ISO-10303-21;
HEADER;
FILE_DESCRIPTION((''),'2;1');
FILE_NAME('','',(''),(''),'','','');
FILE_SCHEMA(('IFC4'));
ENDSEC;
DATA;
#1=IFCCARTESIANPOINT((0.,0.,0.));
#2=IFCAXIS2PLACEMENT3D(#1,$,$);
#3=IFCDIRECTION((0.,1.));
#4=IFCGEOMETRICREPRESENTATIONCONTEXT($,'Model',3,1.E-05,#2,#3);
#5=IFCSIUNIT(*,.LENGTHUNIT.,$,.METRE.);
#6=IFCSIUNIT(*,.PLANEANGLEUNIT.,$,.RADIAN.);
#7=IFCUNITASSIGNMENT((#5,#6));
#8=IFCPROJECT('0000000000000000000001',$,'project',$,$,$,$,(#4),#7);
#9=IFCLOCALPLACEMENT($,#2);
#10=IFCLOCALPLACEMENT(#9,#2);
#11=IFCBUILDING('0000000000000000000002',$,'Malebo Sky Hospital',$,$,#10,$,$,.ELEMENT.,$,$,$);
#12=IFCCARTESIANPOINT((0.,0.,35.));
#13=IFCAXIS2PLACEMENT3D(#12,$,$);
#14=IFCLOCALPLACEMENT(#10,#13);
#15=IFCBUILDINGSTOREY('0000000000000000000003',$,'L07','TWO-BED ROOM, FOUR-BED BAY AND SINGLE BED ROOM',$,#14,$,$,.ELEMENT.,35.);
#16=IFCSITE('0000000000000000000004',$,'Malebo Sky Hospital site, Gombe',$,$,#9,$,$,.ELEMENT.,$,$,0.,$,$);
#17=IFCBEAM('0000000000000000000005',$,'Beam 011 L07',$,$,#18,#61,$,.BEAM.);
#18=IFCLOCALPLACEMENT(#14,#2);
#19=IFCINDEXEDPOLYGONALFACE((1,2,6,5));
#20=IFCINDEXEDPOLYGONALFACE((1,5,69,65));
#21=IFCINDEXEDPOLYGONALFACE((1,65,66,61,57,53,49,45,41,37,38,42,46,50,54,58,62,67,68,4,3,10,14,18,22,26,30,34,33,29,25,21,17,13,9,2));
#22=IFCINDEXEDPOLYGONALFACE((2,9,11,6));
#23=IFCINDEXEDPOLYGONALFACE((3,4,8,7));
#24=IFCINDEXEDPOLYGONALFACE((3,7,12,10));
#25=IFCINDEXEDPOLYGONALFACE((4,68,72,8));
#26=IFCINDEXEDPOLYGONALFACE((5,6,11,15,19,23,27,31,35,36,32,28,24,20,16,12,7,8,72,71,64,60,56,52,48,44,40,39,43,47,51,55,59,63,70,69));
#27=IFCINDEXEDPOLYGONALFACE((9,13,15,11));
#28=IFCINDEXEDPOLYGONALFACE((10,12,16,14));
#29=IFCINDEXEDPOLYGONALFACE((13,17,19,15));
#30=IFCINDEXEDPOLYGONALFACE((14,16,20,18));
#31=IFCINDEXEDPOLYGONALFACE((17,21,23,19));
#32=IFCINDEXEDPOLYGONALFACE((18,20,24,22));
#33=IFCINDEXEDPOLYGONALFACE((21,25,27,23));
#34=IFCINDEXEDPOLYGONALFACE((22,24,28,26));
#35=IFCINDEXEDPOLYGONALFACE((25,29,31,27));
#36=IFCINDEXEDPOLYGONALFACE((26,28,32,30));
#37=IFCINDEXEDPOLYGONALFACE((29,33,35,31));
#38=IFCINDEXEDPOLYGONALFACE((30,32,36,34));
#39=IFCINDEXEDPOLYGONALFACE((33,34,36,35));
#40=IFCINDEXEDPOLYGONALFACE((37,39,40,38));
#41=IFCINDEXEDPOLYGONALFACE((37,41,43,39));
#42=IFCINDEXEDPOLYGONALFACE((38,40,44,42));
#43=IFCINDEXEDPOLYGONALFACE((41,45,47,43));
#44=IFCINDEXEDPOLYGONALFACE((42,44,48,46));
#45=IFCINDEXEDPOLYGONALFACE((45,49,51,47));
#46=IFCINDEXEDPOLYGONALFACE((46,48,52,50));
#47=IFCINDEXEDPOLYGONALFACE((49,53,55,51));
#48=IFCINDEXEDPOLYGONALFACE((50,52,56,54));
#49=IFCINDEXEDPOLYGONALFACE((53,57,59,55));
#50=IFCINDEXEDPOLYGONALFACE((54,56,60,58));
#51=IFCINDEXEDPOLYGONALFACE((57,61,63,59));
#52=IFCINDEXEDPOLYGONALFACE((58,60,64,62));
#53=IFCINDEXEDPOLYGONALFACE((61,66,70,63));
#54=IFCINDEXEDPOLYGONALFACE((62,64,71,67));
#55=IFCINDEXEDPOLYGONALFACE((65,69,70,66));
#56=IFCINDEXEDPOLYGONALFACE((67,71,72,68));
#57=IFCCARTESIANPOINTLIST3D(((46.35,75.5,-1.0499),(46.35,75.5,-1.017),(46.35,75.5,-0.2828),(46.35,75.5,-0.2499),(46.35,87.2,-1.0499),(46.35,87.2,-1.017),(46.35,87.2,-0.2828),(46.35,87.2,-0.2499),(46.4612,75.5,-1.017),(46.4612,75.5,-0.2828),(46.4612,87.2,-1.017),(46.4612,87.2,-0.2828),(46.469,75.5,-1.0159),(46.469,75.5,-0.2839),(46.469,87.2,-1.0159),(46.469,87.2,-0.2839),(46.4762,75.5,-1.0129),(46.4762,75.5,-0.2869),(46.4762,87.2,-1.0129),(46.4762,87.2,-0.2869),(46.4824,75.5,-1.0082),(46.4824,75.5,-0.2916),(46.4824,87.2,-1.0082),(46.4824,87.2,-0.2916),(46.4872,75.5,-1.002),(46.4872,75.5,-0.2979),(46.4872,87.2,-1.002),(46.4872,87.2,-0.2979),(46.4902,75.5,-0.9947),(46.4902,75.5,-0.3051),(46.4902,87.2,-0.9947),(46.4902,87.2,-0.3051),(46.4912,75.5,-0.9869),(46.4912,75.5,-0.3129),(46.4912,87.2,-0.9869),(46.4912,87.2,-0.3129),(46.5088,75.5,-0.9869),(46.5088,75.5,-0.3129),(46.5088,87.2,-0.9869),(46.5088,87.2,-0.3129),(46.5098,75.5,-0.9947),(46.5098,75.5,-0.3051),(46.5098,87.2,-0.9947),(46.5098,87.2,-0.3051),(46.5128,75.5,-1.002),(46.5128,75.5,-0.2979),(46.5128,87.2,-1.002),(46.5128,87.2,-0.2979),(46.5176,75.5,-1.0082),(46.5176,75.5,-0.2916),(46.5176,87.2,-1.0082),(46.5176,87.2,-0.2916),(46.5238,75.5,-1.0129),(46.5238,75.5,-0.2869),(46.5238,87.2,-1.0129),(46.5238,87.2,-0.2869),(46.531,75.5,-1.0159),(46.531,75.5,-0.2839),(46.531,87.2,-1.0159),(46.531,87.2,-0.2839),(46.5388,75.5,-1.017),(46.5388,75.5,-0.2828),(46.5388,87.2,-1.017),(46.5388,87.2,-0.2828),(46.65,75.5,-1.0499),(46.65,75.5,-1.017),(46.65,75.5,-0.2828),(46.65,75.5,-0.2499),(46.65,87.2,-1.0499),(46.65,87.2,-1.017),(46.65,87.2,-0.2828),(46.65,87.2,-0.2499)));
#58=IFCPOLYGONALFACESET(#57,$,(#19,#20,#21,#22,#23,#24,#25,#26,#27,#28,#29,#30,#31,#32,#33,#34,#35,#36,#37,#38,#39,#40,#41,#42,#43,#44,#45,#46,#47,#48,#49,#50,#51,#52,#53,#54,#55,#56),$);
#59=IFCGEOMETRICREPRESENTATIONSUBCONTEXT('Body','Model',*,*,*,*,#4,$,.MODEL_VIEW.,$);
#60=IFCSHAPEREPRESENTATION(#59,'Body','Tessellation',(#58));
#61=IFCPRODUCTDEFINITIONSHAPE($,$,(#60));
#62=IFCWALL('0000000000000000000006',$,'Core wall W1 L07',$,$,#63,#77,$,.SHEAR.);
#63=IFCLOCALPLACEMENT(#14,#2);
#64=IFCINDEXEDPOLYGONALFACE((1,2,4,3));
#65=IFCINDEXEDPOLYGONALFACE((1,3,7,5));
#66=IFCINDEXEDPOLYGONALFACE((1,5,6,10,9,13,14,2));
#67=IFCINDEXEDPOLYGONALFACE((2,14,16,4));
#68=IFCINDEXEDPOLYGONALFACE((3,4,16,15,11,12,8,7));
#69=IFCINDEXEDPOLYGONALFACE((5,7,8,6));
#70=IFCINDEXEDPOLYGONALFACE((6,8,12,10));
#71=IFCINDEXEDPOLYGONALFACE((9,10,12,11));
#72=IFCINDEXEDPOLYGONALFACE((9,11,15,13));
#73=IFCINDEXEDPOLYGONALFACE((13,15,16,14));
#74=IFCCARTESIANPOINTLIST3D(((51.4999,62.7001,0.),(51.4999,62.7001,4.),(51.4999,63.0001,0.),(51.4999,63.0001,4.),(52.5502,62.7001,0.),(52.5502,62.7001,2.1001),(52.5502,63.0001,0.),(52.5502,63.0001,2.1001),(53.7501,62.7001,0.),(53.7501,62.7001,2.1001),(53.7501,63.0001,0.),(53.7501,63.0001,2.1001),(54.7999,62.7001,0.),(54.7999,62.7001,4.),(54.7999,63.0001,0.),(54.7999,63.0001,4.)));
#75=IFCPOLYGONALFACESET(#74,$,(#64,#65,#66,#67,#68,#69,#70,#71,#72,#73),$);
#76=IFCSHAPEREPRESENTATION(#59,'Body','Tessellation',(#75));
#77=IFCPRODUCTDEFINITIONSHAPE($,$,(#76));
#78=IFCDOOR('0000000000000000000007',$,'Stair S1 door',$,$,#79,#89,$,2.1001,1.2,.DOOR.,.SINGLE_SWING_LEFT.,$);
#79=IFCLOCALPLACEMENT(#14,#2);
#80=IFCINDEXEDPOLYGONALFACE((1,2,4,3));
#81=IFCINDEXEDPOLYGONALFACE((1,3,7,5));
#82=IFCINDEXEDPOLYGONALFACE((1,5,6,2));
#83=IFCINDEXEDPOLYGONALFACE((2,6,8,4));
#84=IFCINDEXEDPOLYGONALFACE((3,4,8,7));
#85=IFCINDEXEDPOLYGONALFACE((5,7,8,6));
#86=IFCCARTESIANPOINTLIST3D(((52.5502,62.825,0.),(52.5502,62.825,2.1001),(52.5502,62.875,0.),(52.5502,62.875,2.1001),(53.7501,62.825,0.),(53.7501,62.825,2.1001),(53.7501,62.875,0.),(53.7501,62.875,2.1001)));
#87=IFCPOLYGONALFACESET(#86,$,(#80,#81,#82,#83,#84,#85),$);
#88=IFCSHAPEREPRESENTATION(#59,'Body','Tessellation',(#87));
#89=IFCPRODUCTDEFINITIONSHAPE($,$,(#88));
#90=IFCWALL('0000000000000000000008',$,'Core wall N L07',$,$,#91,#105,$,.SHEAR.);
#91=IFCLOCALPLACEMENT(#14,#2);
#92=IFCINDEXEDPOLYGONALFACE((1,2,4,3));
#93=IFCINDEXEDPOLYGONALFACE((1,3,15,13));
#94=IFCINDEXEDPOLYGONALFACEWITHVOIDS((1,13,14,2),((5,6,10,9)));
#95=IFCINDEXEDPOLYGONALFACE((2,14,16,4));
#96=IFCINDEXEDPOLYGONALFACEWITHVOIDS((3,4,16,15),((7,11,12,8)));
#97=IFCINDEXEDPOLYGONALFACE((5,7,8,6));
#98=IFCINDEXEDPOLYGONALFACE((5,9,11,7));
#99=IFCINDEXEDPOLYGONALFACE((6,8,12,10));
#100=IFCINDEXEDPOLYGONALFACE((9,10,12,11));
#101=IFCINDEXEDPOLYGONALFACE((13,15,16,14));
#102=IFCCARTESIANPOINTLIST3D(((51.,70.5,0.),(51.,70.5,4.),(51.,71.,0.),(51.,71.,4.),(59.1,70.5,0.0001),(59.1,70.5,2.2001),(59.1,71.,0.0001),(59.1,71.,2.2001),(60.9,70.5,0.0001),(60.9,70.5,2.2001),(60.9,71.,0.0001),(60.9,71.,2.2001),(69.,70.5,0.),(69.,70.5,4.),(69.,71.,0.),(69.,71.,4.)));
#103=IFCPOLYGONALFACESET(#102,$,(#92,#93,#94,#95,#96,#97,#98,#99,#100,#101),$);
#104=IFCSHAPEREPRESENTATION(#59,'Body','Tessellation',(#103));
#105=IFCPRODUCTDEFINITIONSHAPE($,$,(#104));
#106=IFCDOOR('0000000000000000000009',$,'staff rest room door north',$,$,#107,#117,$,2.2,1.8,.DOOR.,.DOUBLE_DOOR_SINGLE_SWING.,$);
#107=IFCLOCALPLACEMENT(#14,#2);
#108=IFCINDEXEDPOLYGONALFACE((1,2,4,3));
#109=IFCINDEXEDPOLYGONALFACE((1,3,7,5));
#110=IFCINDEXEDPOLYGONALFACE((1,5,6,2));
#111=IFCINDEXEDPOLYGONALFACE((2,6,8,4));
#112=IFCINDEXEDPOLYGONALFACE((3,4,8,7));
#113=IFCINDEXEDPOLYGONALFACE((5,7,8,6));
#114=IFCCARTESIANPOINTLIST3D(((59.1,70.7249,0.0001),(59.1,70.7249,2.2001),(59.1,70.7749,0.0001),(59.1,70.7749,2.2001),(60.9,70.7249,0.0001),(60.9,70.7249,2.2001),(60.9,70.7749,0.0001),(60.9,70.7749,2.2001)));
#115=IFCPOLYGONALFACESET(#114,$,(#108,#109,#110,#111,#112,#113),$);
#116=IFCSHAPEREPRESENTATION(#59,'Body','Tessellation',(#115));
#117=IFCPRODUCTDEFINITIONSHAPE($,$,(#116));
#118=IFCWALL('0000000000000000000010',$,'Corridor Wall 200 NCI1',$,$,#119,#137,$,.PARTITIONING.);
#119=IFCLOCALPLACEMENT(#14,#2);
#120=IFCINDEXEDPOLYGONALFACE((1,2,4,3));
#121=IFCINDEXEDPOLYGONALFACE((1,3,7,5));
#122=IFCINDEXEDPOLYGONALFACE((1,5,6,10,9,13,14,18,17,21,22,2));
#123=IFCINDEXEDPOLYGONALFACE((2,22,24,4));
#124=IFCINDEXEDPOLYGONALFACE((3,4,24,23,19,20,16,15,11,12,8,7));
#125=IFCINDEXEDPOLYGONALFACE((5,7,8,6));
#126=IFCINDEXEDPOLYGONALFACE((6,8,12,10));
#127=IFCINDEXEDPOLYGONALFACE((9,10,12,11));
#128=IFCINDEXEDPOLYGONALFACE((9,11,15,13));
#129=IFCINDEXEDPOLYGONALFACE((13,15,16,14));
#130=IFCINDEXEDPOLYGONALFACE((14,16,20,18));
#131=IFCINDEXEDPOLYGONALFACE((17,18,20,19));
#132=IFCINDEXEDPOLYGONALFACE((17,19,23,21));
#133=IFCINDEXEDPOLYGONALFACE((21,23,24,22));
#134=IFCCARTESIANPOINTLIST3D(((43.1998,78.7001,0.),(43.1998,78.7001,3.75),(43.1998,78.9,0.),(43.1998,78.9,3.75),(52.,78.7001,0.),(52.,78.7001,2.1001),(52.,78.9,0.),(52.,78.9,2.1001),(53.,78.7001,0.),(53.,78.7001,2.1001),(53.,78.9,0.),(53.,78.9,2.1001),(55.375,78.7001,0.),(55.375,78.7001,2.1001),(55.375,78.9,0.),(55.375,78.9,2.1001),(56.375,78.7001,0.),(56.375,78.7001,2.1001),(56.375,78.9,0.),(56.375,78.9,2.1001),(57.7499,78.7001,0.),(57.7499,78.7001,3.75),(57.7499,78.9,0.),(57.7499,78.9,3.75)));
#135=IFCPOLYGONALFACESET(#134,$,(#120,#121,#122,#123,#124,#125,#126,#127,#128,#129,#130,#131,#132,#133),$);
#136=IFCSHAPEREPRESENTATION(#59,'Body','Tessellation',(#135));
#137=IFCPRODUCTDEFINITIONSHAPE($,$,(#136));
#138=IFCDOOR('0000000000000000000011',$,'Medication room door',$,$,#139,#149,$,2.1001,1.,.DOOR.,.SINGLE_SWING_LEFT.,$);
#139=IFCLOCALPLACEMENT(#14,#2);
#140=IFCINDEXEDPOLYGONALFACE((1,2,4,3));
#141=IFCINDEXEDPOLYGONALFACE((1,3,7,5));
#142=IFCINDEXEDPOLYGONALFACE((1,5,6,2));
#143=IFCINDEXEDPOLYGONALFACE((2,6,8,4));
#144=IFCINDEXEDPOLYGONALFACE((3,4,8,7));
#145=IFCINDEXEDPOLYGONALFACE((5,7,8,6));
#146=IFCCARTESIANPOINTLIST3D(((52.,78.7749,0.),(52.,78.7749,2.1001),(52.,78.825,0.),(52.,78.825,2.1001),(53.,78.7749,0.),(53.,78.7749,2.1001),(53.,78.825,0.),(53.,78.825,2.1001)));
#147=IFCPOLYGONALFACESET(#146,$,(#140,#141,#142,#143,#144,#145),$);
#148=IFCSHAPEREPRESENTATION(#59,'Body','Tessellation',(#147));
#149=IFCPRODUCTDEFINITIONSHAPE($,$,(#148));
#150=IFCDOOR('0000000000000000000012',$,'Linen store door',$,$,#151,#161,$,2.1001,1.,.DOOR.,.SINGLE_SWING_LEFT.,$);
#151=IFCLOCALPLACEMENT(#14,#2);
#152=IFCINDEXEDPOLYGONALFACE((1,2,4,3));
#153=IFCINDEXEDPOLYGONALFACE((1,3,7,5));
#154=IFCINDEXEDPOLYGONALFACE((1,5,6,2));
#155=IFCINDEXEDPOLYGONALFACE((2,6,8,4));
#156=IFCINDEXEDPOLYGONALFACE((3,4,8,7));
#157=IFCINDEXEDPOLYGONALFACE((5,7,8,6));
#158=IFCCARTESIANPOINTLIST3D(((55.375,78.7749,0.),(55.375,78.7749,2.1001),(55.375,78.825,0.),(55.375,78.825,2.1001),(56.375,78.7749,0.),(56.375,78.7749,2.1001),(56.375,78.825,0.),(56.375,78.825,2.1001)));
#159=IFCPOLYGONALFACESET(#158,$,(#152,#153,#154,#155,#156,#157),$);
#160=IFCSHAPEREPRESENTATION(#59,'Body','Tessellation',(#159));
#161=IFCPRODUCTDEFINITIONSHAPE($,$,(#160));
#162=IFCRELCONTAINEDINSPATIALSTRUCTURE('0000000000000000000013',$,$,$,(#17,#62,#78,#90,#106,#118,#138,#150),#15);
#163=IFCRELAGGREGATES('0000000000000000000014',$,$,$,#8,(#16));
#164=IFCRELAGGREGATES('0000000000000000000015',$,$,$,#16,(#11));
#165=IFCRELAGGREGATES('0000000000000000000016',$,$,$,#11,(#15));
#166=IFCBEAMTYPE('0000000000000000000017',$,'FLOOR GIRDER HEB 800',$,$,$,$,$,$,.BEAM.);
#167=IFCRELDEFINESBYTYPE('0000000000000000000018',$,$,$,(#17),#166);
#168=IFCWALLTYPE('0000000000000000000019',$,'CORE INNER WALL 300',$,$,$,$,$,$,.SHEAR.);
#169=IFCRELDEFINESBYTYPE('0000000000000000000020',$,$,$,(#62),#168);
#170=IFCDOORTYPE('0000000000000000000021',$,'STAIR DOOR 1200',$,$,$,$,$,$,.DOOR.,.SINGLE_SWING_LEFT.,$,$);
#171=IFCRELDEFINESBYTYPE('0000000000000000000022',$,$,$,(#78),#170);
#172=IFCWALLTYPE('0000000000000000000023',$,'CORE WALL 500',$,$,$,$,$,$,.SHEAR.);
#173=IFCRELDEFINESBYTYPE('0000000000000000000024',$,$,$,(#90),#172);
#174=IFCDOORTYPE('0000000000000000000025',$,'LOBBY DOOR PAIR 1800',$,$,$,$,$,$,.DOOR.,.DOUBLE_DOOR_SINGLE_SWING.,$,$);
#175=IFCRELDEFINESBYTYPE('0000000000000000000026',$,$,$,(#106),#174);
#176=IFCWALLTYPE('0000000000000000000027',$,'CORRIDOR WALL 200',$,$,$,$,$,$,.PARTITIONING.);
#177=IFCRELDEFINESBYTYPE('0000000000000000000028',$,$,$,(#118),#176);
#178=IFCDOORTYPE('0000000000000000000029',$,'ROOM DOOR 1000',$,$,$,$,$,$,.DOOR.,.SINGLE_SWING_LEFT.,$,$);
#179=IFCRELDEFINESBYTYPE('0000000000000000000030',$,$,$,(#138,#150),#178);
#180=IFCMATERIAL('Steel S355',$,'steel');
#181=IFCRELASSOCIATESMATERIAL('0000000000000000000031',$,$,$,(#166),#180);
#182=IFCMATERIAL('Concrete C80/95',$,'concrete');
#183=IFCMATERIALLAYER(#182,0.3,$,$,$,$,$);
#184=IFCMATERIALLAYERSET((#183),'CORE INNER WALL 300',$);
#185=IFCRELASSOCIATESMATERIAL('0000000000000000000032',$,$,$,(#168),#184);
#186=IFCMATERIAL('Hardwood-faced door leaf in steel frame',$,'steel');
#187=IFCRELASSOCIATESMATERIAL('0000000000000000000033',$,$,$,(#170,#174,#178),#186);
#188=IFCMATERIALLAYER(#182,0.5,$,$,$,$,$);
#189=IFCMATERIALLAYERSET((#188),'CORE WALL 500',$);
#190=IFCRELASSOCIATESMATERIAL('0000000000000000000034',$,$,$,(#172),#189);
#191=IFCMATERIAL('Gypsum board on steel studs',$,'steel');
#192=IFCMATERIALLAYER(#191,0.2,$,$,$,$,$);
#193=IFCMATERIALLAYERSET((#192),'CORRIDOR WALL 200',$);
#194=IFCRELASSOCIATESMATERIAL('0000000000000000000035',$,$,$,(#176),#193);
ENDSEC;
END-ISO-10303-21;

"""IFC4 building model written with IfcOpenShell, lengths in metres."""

from ifc_helpers import new_model, si_unit, direction, frame, frame_2d, origin, origin_2d, place, context, subcontext, project, spatial, rectangle, i_section, extrude, material, layer, layer_set, material_profile, profile_set, type_object, element, fill, save


model = new_model("IFC4")

# Units and contexts
model_context = context("Model", 3, precision=1e-05, world=origin(), true_north=direction((0.0, 1.0)))
body_context = subcontext(model_context, "Body", "Model", "MODEL_VIEW")
ifc_project = project(units=[si_unit("LENGTHUNIT", "METRE"), si_unit("PLANEANGLEUNIT", "RADIAN")], contexts=[model_context])

# Site, building, storey
site_placement = place(None, origin())
site = spatial("IfcSite", under=ifc_project, at=site_placement, Name="Malebo Sky Hospital site, Gombe", CompositionType="ELEMENT", RefElevation=0.0)
building_placement = place(site_placement, origin())
building = spatial("IfcBuilding", under=site, at=building_placement, Name="Malebo Sky Hospital", CompositionType="ELEMENT")
storey_placement = place(building_placement, frame((0.0, 0.0, 35.0)))
storey = spatial("IfcBuildingStorey", under=building, at=storey_placement, Name="L07", Description="TWO-BED ROOM, FOUR-BED BAY AND SINGLE BED ROOM", CompositionType="ELEMENT", Elevation=35.0)

# Beam
ifc_material_1 = material(Name="Steel S355", Category="steel")
ifc_material_profile_1 = material_profile(ifc_material_1, i_section(OverallWidth=0.3, OverallDepth=0.8, WebThickness=0.0176, FlangeThickness=0.033, FilletRadius=0.03, at=origin_2d()), Name="HEB 800")
ifc_profile_set_1 = profile_set([ifc_material_profile_1], Name="Steel S355")
beam_type_1 = type_object("IfcBeamType", Name="FLOOR GIRDER HEB 800", PredefinedType="BEAM", material=ifc_profile_set_1)
beam_1_placement = place(storey_placement, frame((46.5, 75.5, -0.6499), z_axis=(0.0, 1.0, 0.0), x_axis=(-1.0, 0.0, 0.0)))
element("IfcBeam", 1, at=beam_1_placement, inside=storey, type_object=beam_type_1, Name="Beam 011 L07", PredefinedType="BEAM", context=body_context, shape_type="SweptSolid", body=[
    extrude(i_section(OverallWidth=0.3, OverallDepth=0.8, WebThickness=0.0176, FlangeThickness=0.033, FilletRadius=0.03, at=origin_2d()), origin(), (0.0, 0.0, 1.0), 11.7),
])

# Walls, openings, doors
ifc_material_2 = material(Name="Concrete C80/95", Category="concrete")
ifc_layer_1 = layer(ifc_material_2, 0.3)
ifc_layer_set_1 = layer_set([ifc_layer_1], Name="CORE INNER WALL 300")
wall_type_1 = type_object("IfcWallType", Name="CORE INNER WALL 300", PredefinedType="SHEAR", material=ifc_layer_set_1)
wall_1_placement = place(storey_placement, frame((51.5, 62.8501, 0.0), z_axis=(0.0, 0.0, 1.0), x_axis=(1.0, 0.0, 0.0)))
wall_1 = element("IfcWall", 2, at=wall_1_placement, inside=storey, type_object=wall_type_1, Name="Core wall W1 L07", PredefinedType="SHEAR", context=body_context, shape_type="SweptSolid", body=[
    extrude(rectangle(XDim=3.3, YDim=0.3, at=frame_2d((1.6499, 0.0))), origin(), (0.0, 0.0, 1.0), 4.0),
])
opening_1_placement = place(wall_1_placement, frame((1.05, 0.0, 0.0)))
opening_1 = element("IfcOpeningElement", 3, at=opening_1_placement, cuts=wall_1, PredefinedType="OPENING", context=body_context, shape_type="SweptSolid", body=[
    extrude(rectangle(XDim=1.2, YDim=2.1001, at=frame_2d((0.6001, 1.05))), frame((0.0, 0.1599, 0.0), z_axis=(0.0, -1.0, 0.0), x_axis=(1.0, 0.0, 0.0)), (0.0, 0.0, 1.0), 0.3201),
])
ifc_material_3 = material(Name="Hardwood-faced door leaf in steel frame", Category="steel")
door_type_1 = type_object("IfcDoorType", Name="STAIR DOOR 1200", OperationType="SINGLE_SWING_LEFT", PredefinedType="DOOR", material=ifc_material_3)
door_1_placement = place(opening_1_placement, origin())
door_1 = element("IfcDoor", 4, at=door_1_placement, inside=storey, type_object=door_type_1, Name="Stair S1 door", OperationType="SINGLE_SWING_LEFT", OverallHeight=2.1001, OverallWidth=1.2, PredefinedType="DOOR", context=body_context, shape_type="SweptSolid", body=[
    extrude(rectangle(XDim=1.2, YDim=2.1001, at=frame_2d((0.6001, 1.05))), frame((0.0, 0.0249, 0.0), z_axis=(0.0, -1.0, 0.0), x_axis=(1.0, 0.0, 0.0)), (0.0, 0.0, 1.0), 0.05),
])
fill(opening_1, door_1)
ifc_layer_2 = layer(ifc_material_2, 0.5)
ifc_layer_set_2 = layer_set([ifc_layer_2], Name="CORE WALL 500")
wall_type_2 = type_object("IfcWallType", Name="CORE WALL 500", PredefinedType="SHEAR", material=ifc_layer_set_2)
wall_2_placement = place(storey_placement, frame((51.0, 70.75, 0.0), z_axis=(0.0, 0.0, 1.0), x_axis=(1.0, 0.0, 0.0)))
wall_2 = element("IfcWall", 5, at=wall_2_placement, inside=storey, type_object=wall_type_2, Name="Core wall N L07", PredefinedType="SHEAR", context=body_context, shape_type="SweptSolid", body=[
    extrude(rectangle(XDim=18.0, YDim=0.5, at=frame_2d((9.0, 0.0))), origin(), (0.0, 0.0, 1.0), 4.0),
])
opening_2_placement = place(wall_2_placement, frame((8.1001, 0.0, 0.0)))
opening_2 = element("IfcOpeningElement", 6, at=opening_2_placement, cuts=wall_2, PredefinedType="OPENING", context=body_context, shape_type="SweptSolid", body=[
    extrude(rectangle(XDim=1.8, YDim=2.2, at=frame_2d((0.8999, 1.1001))), frame((0.0, 0.26, 0.0), z_axis=(0.0, -1.0, 0.0), x_axis=(1.0, 0.0, 0.0)), (0.0, 0.0, 1.0), 0.52),
])
door_type_2 = type_object("IfcDoorType", Name="LOBBY DOOR PAIR 1800", OperationType="DOUBLE_DOOR_SINGLE_SWING", PredefinedType="DOOR", material=ifc_material_3)
door_2_placement = place(opening_2_placement, origin())
door_2 = element("IfcDoor", 7, at=door_2_placement, inside=storey, type_object=door_type_2, Name="staff rest room door north", OperationType="DOUBLE_DOOR_SINGLE_SWING", OverallHeight=2.2, OverallWidth=1.8, PredefinedType="DOOR", context=body_context, shape_type="SweptSolid", body=[
    extrude(rectangle(XDim=1.8, YDim=2.2, at=frame_2d((0.8999, 1.1001))), frame((0.0, 0.0249, 0.0), z_axis=(0.0, -1.0, 0.0), x_axis=(1.0, 0.0, 0.0)), (0.0, 0.0, 1.0), 0.05),
])
fill(opening_2, door_2)

# Wall, openings, doors
ifc_material_4 = material(Name="Gypsum board on steel studs", Category="steel")
ifc_layer_3 = layer(ifc_material_4, 0.2)
ifc_layer_set_3 = layer_set([ifc_layer_3], Name="CORRIDOR WALL 200")
wall_type_3 = type_object("IfcWallType", Name="CORRIDOR WALL 200", PredefinedType="PARTITIONING", material=ifc_layer_set_3)
wall_3_placement = place(storey_placement, frame((43.2, 78.8, 0.0), z_axis=(0.0, 0.0, 1.0), x_axis=(1.0, 0.0, 0.0)))
wall_3 = element("IfcWall", 8, at=wall_3_placement, inside=storey, type_object=wall_type_3, Name="Corridor Wall 200 NCI1", PredefinedType="PARTITIONING", context=body_context, shape_type="SweptSolid", body=[
    extrude(rectangle(XDim=14.55, YDim=0.2, at=frame_2d((7.2749, 0.0))), origin(), (0.0, 0.0, 1.0), 3.75),
])
opening_3_placement = place(wall_3_placement, frame((8.8, 0.0, 0.0)))
opening_3 = element("IfcOpeningElement", 9, at=opening_3_placement, cuts=wall_3, PredefinedType="OPENING", context=body_context, shape_type="SweptSolid", body=[
    extrude(rectangle(XDim=1.0, YDim=2.1001, at=frame_2d((0.5, 1.05))), frame((0.0, 0.1099, 0.0), z_axis=(0.0, -1.0, 0.0), x_axis=(1.0, 0.0, 0.0)), (0.0, 0.0, 1.0), 0.22),
])
opening_4_placement = place(wall_3_placement, frame((12.175, 0.0, 0.0)))
opening_4 = element("IfcOpeningElement", 10, at=opening_4_placement, cuts=wall_3, PredefinedType="OPENING", context=body_context, shape_type="SweptSolid", body=[
    extrude(rectangle(XDim=1.0, YDim=2.1001, at=frame_2d((0.5, 1.05))), frame((0.0, 0.1099, 0.0), z_axis=(0.0, -1.0, 0.0), x_axis=(1.0, 0.0, 0.0)), (0.0, 0.0, 1.0), 0.22),
])
door_type_3 = type_object("IfcDoorType", Name="ROOM DOOR 1000", OperationType="SINGLE_SWING_LEFT", PredefinedType="DOOR", material=ifc_material_3)
door_3_placement = place(opening_3_placement, origin())
door_3 = element("IfcDoor", 11, at=door_3_placement, inside=storey, type_object=door_type_3, Name="Medication room door", OperationType="SINGLE_SWING_LEFT", OverallHeight=2.1001, OverallWidth=1.0, PredefinedType="DOOR", context=body_context, shape_type="SweptSolid", body=[
    extrude(rectangle(XDim=1.0, YDim=2.1001, at=frame_2d((0.5, 1.05))), frame((0.0, 0.0249, 0.0), z_axis=(0.0, -1.0, 0.0), x_axis=(1.0, 0.0, 0.0)), (0.0, 0.0, 1.0), 0.05),
])
fill(opening_3, door_3)
door_4_placement = place(opening_4_placement, origin())
door_4 = element("IfcDoor", 12, at=door_4_placement, inside=storey, type_object=door_type_3, Name="Linen store door", OperationType="SINGLE_SWING_LEFT", OverallHeight=2.1001, OverallWidth=1.0, PredefinedType="DOOR", context=body_context, shape_type="SweptSolid", body=[
    extrude(rectangle(XDim=1.0, YDim=2.1001, at=frame_2d((0.5, 1.05))), frame((0.0, 0.0249, 0.0), z_axis=(0.0, -1.0, 0.0), x_axis=(1.0, 0.0, 0.0)), (0.0, 0.0, 1.0), 0.05),
])
fill(opening_4, door_4)

save(model, "model.ifc")
